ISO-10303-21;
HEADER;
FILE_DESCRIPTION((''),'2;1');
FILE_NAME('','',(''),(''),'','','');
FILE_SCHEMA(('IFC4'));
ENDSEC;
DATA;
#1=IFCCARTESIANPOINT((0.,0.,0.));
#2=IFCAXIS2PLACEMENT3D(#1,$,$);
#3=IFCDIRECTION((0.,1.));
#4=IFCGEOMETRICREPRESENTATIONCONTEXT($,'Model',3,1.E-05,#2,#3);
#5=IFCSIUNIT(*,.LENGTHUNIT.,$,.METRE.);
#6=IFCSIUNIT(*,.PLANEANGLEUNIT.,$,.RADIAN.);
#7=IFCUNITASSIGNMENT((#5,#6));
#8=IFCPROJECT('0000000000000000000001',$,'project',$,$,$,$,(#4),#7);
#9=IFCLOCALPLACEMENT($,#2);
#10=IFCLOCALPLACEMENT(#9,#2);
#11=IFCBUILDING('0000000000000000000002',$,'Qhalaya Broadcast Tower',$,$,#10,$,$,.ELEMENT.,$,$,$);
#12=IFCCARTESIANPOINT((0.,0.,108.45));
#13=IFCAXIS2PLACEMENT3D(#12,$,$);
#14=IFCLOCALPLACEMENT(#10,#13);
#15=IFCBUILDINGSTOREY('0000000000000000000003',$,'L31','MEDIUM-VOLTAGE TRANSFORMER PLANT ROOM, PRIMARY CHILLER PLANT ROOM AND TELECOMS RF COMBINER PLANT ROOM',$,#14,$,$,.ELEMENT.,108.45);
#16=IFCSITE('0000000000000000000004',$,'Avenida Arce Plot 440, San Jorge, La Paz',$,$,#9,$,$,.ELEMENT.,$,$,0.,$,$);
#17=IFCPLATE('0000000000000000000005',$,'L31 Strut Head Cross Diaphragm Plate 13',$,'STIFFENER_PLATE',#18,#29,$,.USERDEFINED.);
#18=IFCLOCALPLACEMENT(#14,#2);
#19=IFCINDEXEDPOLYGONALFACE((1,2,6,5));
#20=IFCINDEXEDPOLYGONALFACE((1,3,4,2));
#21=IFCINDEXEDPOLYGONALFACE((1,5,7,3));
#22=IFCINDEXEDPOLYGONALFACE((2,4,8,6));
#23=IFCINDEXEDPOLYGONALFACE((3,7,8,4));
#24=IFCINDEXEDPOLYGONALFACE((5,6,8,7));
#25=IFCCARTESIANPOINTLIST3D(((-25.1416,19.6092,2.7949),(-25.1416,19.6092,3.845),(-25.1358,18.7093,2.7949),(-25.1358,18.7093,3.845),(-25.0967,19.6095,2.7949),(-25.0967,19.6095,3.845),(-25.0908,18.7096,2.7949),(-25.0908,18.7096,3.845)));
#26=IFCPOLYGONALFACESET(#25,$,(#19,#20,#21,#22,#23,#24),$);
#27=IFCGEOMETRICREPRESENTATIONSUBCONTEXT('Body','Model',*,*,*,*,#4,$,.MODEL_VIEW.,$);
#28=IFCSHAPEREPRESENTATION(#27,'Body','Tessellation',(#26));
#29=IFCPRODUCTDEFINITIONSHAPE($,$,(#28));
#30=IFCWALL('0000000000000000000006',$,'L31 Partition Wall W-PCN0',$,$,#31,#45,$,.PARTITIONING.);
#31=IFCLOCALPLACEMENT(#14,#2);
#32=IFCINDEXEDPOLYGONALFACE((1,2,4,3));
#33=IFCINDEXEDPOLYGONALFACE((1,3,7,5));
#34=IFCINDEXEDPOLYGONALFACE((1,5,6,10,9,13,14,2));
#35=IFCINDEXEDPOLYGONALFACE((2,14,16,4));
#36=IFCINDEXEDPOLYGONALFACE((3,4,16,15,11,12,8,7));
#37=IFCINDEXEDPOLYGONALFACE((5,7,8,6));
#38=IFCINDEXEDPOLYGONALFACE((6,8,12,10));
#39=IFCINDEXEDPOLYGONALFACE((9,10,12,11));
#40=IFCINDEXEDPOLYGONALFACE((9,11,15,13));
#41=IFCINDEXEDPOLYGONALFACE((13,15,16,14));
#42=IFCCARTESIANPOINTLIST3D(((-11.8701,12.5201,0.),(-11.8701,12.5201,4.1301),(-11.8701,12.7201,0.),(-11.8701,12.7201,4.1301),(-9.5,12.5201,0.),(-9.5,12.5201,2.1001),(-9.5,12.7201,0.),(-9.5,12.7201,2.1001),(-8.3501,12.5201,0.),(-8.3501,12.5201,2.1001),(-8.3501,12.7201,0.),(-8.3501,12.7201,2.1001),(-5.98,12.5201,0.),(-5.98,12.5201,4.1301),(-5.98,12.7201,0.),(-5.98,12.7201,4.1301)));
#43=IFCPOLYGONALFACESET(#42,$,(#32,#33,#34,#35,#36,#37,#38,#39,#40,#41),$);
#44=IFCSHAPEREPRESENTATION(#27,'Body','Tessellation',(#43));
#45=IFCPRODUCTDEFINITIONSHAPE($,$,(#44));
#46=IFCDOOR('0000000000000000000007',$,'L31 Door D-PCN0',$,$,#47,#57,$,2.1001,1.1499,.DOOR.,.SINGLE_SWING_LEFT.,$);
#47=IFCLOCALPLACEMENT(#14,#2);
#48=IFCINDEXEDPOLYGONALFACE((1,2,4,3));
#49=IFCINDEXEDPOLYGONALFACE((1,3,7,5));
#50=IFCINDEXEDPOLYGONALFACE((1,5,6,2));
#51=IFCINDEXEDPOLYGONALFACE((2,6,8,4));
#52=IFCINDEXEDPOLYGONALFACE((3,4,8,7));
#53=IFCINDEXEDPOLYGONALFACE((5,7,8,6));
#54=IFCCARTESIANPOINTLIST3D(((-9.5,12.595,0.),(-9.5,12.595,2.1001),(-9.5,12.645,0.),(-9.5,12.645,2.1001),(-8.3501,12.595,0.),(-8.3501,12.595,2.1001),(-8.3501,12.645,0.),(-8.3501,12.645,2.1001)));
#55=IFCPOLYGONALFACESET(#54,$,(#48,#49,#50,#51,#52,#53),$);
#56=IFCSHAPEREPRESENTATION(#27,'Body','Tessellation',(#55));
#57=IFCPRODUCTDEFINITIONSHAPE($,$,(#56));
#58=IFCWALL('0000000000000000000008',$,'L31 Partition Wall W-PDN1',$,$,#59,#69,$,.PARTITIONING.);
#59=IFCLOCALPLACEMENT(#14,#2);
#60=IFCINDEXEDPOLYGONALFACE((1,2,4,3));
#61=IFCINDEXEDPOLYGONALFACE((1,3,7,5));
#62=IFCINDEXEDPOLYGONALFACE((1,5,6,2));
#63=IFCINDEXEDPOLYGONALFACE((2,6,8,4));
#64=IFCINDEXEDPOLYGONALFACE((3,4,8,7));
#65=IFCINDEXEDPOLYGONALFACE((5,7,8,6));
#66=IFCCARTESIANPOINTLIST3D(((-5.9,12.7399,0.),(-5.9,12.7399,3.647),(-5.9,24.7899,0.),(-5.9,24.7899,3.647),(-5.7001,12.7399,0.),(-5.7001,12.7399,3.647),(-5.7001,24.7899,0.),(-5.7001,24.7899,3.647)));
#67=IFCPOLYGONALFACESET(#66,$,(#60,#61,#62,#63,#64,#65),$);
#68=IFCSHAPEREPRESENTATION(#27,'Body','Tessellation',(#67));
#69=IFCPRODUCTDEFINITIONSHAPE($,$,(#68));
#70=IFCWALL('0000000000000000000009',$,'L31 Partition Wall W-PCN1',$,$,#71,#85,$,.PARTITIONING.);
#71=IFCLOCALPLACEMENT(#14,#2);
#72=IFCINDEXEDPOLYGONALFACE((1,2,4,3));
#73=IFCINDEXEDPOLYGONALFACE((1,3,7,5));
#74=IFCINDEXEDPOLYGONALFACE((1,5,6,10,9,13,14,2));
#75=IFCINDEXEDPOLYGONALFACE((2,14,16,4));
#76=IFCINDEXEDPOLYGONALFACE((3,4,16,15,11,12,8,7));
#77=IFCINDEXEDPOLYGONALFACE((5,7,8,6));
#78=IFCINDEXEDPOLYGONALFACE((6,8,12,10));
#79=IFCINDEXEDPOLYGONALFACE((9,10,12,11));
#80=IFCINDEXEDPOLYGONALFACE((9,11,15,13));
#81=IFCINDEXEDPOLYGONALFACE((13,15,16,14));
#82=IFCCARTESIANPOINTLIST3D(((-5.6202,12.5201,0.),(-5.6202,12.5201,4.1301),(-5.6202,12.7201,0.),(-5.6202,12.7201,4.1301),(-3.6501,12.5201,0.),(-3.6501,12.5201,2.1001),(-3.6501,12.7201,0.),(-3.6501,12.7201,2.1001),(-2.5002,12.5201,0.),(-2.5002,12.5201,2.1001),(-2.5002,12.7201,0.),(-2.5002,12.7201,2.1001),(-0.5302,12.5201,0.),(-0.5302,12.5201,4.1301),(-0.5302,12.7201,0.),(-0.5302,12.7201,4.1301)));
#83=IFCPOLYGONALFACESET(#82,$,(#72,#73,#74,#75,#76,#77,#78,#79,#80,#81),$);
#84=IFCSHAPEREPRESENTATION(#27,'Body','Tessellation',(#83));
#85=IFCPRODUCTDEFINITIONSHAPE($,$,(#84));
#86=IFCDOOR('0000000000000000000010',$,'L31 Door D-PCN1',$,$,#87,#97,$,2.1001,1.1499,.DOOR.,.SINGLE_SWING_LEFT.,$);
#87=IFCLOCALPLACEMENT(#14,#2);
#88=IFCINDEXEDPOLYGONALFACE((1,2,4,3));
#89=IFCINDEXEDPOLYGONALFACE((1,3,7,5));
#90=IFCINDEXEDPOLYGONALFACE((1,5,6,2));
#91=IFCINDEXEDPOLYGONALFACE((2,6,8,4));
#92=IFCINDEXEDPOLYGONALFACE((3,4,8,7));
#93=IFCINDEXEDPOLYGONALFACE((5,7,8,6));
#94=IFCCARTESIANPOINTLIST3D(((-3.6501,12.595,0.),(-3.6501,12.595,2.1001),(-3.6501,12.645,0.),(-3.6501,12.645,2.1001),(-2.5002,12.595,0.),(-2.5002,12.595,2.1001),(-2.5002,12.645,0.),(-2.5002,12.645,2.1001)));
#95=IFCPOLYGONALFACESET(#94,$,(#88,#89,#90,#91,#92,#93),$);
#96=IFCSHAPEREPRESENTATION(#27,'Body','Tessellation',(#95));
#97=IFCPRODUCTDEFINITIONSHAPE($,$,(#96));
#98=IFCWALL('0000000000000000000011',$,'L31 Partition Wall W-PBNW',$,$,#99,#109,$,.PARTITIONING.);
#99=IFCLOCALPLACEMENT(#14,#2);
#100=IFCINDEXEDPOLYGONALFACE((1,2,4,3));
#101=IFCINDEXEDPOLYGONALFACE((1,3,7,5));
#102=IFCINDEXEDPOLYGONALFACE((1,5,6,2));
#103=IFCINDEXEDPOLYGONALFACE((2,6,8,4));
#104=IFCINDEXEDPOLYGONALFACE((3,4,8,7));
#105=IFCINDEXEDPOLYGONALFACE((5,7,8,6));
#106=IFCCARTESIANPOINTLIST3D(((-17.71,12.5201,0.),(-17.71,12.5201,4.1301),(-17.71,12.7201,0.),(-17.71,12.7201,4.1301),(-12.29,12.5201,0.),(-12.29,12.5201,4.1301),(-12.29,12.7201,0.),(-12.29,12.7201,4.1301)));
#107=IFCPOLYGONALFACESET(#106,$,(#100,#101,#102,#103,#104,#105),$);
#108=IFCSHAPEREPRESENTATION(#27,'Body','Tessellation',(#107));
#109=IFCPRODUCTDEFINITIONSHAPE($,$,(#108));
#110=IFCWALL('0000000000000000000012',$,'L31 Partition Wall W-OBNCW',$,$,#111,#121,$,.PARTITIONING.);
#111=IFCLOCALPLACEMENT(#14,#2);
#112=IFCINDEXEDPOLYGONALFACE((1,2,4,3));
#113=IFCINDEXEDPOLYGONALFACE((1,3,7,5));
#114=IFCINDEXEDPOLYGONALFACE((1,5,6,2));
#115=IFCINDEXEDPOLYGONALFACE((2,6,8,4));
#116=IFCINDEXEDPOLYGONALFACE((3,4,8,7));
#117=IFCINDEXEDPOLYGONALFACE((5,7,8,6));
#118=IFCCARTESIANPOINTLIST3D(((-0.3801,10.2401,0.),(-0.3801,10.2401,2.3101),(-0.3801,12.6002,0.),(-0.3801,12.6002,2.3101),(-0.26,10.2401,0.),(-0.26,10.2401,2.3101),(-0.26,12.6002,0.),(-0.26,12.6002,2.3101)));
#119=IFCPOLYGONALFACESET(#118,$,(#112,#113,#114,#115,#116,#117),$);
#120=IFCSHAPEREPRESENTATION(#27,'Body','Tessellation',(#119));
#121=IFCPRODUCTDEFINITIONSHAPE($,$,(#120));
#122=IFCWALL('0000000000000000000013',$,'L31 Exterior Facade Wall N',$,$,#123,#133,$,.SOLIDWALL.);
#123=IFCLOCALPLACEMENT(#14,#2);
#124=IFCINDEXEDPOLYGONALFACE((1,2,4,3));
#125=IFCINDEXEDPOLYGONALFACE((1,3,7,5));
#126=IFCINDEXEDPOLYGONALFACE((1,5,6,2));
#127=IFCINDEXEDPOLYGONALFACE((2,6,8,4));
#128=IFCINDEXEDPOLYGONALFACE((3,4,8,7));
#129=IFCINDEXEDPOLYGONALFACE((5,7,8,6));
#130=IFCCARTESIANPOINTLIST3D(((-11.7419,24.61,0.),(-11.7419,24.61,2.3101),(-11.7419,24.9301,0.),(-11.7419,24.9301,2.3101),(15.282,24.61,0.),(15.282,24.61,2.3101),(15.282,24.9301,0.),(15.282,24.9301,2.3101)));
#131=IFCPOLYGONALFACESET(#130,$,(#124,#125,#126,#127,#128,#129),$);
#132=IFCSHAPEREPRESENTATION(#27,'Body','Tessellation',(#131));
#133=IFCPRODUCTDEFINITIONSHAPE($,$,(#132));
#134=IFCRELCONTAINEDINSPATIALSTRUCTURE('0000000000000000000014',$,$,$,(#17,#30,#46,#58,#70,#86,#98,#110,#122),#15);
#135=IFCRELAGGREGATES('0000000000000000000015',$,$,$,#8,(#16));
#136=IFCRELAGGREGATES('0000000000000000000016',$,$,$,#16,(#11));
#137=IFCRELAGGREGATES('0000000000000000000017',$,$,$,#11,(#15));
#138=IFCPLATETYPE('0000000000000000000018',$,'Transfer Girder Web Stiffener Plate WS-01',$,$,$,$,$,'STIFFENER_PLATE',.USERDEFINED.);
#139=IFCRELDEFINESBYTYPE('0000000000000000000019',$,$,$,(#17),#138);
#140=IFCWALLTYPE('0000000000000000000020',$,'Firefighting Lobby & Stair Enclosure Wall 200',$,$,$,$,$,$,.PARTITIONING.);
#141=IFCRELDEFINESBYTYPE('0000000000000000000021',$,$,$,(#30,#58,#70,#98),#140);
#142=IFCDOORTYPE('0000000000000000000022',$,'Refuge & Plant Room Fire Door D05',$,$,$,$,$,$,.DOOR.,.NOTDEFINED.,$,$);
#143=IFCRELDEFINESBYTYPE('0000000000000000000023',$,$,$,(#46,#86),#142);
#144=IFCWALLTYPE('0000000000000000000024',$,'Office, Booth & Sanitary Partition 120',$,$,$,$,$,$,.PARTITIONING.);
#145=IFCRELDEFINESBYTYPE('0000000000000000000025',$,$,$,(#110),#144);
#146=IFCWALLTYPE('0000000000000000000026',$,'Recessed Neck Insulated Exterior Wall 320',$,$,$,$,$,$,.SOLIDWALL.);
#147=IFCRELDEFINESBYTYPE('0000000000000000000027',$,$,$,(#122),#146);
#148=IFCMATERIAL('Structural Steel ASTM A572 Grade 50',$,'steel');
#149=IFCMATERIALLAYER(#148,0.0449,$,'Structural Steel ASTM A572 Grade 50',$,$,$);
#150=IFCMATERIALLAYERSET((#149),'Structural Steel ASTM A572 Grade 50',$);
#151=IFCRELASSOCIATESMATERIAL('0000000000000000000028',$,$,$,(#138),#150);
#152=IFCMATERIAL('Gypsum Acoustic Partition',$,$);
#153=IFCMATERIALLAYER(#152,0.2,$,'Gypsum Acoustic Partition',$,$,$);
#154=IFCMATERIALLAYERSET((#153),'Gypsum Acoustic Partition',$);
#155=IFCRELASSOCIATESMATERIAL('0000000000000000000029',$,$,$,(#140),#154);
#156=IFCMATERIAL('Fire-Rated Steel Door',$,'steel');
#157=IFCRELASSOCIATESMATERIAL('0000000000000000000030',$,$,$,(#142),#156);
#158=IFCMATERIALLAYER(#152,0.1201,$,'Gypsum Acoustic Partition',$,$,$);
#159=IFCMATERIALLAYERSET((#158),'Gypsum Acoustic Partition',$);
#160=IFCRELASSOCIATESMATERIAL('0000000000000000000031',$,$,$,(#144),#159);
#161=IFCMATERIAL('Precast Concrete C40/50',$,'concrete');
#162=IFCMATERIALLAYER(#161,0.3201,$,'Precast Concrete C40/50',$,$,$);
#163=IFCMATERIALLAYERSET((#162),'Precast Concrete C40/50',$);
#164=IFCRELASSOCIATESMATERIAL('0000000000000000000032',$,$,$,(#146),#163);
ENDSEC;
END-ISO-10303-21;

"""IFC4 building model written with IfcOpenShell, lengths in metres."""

from ifc_helpers import new_model, si_unit, direction, frame, frame_2d, origin, origin_2d, place, context, subcontext, project, spatial, rectangle, extrude, material, layer, layer_set, type_object, element, fill, save


model = new_model("IFC4")

# Units and contexts
model_context = context("Model", 3, precision=1e-05, world=origin(), true_north=direction((0.0, 1.0)))
body_context = subcontext(model_context, "Body", "Model", "MODEL_VIEW")
ifc_project = project(units=[si_unit("LENGTHUNIT", "METRE"), si_unit("PLANEANGLEUNIT", "RADIAN")], contexts=[model_context])

# Site, building, storey
site_placement = place(None, origin())
site = spatial("IfcSite", under=ifc_project, at=site_placement, Name="Avenida Arce Plot 440, San Jorge, La Paz", CompositionType="ELEMENT", RefElevation=0.0)
building_placement = place(site_placement, origin())
building = spatial("IfcBuilding", under=site, at=building_placement, Name="Qhalaya Broadcast Tower", CompositionType="ELEMENT")
storey_placement = place(building_placement, frame((0.0, 0.0, 108.45)))
storey = spatial("IfcBuildingStorey", under=building, at=storey_placement, Name="L31", Description="MEDIUM-VOLTAGE TRANSFORMER PLANT ROOM, PRIMARY CHILLER PLANT ROOM AND TELECOMS RF COMBINER PLANT ROOM", CompositionType="ELEMENT", Elevation=108.45)

# Shared definitions
ifc_material_1 = material(Name="Structural Steel ASTM A572 Grade 50", Category="steel")

# Plate
ifc_layer_1 = layer(ifc_material_1, 0.0449, Name="Structural Steel ASTM A572 Grade 50")
ifc_layer_set_1 = layer_set([ifc_layer_1], Name="Structural Steel ASTM A572 Grade 50")
plate_type_1 = type_object("IfcPlateType", Name="Transfer Girder Web Stiffener Plate WS-01", ElementType="STIFFENER_PLATE", PredefinedType="USERDEFINED", material=ifc_layer_set_1)
for number, where, z_axis, x_axis, name in (
    (1, (-25.1162, 19.1594, 2.7949), (0.0, 0.0, 1.0), (0.006493, -0.999979, 0.0), "L31 Strut Head Cross Diaphragm Plate 13"),
):
    element("IfcPlate", number, at=place(storey_placement, frame(where, z_axis=z_axis, x_axis=x_axis)), inside=storey, type_object=plate_type_1, Name=name, ObjectType="STIFFENER_PLATE", PredefinedType="USERDEFINED", context=body_context, shape_type="SweptSolid", body=[
        extrude(rectangle(XDim=0.8999, YDim=0.0449, at=origin_2d()), origin(), (0.0, 0.0, 1.0), 1.05),
    ])

# Wall, opening, door
ifc_material_2 = material(Name="Gypsum Acoustic Partition")
ifc_layer_2 = layer(ifc_material_2, 0.2, Name="Gypsum Acoustic Partition")
ifc_layer_set_2 = layer_set([ifc_layer_2], Name="Gypsum Acoustic Partition")
wall_type_1 = type_object("IfcWallType", Name="Firefighting Lobby & Stair Enclosure Wall 200", PredefinedType="PARTITIONING", material=ifc_layer_set_2)
wall_1_placement = place(storey_placement, frame((-11.8701, 12.6201, 0.0), z_axis=(0.0, 0.0, 1.0), x_axis=(1.0, 0.0, 0.0)))
wall_1 = element("IfcWall", 2, at=wall_1_placement, inside=storey, type_object=wall_type_1, Name="L31 Partition Wall W-PCN0", PredefinedType="PARTITIONING", context=body_context, shape_type="SweptSolid", body=[
    extrude(rectangle(XDim=5.8901, YDim=0.2, at=frame_2d((2.9451, 0.0))), origin(), (0.0, 0.0, 1.0), 4.1301),
])
opening_1_placement = place(wall_1_placement, frame((2.3701, 0.0, 0.0)))
opening_1 = element("IfcOpeningElement", 3, at=opening_1_placement, cuts=wall_1, PredefinedType="OPENING", context=body_context, shape_type="SweptSolid", body=[
    extrude(rectangle(XDim=1.1499, YDim=2.1001, at=frame_2d((0.575, 1.05))), frame((0.0, 0.1121, 0.0), z_axis=(0.0, -1.0, 0.0), x_axis=(1.0, 0.0, 0.0)), (0.0, 0.0, 1.0), 0.2239),
])
ifc_material_3 = material(Name="Fire-Rated Steel Door", Category="steel")
door_type = type_object("IfcDoorType", Name="Refuge & Plant Room Fire Door D05", OperationType="NOTDEFINED", PredefinedType="DOOR", material=ifc_material_3)
door_1_placement = place(opening_1_placement, origin())
door_1 = element("IfcDoor", 4, at=door_1_placement, inside=storey, type_object=door_type, Name="L31 Door D-PCN0", OperationType="SINGLE_SWING_LEFT", OverallHeight=2.1001, OverallWidth=1.1499, PredefinedType="DOOR", context=body_context, shape_type="SweptSolid", body=[
    extrude(rectangle(XDim=1.1499, YDim=2.1001, at=frame_2d((0.575, 1.05))), frame((0.0, 0.0249, 0.0), z_axis=(0.0, -1.0, 0.0), x_axis=(1.0, 0.0, 0.0)), (0.0, 0.0, 1.0), 0.05),
])
fill(opening_1, door_1)

# Wall
wall_2_placement = place(storey_placement, frame((-5.8, 12.74, 0.0), z_axis=(0.0, 0.0, 1.0), x_axis=(0.0, 1.0, 0.0)))
element("IfcWall", 5, at=wall_2_placement, inside=storey, type_object=wall_type_1, Name="L31 Partition Wall W-PDN1", PredefinedType="PARTITIONING", context=body_context, shape_type="SweptSolid", body=[
    extrude(rectangle(XDim=12.05, YDim=0.2, at=frame_2d((6.0249, 0.0))), origin(), (0.0, 0.0, 1.0), 3.647),
])

# Wall, opening, door
wall_3_placement = place(storey_placement, frame((-5.6201, 12.6201, 0.0), z_axis=(0.0, 0.0, 1.0), x_axis=(1.0, 0.0, 0.0)))
wall_3 = element("IfcWall", 6, at=wall_3_placement, inside=storey, type_object=wall_type_1, Name="L31 Partition Wall W-PCN1", PredefinedType="PARTITIONING", context=body_context, shape_type="SweptSolid", body=[
    extrude(rectangle(XDim=5.0901, YDim=0.2, at=frame_2d((2.5449, 0.0))), origin(), (0.0, 0.0, 1.0), 4.1301),
])
opening_2_placement = place(wall_3_placement, frame((1.97, 0.0, 0.0)))
opening_2 = element("IfcOpeningElement", 7, at=opening_2_placement, cuts=wall_3, PredefinedType="OPENING", context=body_context, shape_type="SweptSolid", body=[
    extrude(rectangle(XDim=1.1499, YDim=2.1001, at=frame_2d((0.575, 1.05))), frame((0.0, 0.1121, 0.0), z_axis=(0.0, -1.0, 0.0), x_axis=(1.0, 0.0, 0.0)), (0.0, 0.0, 1.0), 0.2239),
])
door_2_placement = place(opening_2_placement, origin())
door_2 = element("IfcDoor", 8, at=door_2_placement, inside=storey, type_object=door_type, Name="L31 Door D-PCN1", OperationType="SINGLE_SWING_LEFT", OverallHeight=2.1001, OverallWidth=1.1499, PredefinedType="DOOR", context=body_context, shape_type="SweptSolid", body=[
    extrude(rectangle(XDim=1.1499, YDim=2.1001, at=frame_2d((0.575, 1.05))), frame((0.0, 0.0249, 0.0), z_axis=(0.0, -1.0, 0.0), x_axis=(1.0, 0.0, 0.0)), (0.0, 0.0, 1.0), 0.05),
])
fill(opening_2, door_2)

# Walls
wall_4_placement = place(storey_placement, frame((-17.71, 12.6201, 0.0), z_axis=(0.0, 0.0, 1.0), x_axis=(1.0, 0.0, 0.0)))
element("IfcWall", 9, at=wall_4_placement, inside=storey, type_object=wall_type_1, Name="L31 Partition Wall W-PBNW", PredefinedType="PARTITIONING", context=body_context, shape_type="SweptSolid", body=[
    extrude(rectangle(XDim=5.4199, YDim=0.2, at=frame_2d((2.71, 0.0))), origin(), (0.0, 0.0, 1.0), 4.1301),
])
ifc_layer_3 = layer(ifc_material_2, 0.1201, Name="Gypsum Acoustic Partition")
ifc_layer_set_3 = layer_set([ifc_layer_3], Name="Gypsum Acoustic Partition")
wall_type_2 = type_object("IfcWallType", Name="Office, Booth & Sanitary Partition 120", PredefinedType="PARTITIONING", material=ifc_layer_set_3)
wall_5_placement = place(storey_placement, frame((-0.3201, 10.24, 0.0), z_axis=(0.0, 0.0, 1.0), x_axis=(0.0, 1.0, 0.0)))
element("IfcWall", 10, at=wall_5_placement, inside=storey, type_object=wall_type_2, Name="L31 Partition Wall W-OBNCW", PredefinedType="PARTITIONING", context=body_context, shape_type="SweptSolid", body=[
    extrude(rectangle(XDim=2.3601, YDim=0.1201, at=frame_2d((1.1802, 0.0))), origin(), (0.0, 0.0, 1.0), 2.3101),
])
ifc_material_4 = material(Name="Precast Concrete C40/50", Category="concrete")
ifc_layer_4 = layer(ifc_material_4, 0.3201, Name="Precast Concrete C40/50")
ifc_layer_set_4 = layer_set([ifc_layer_4], Name="Precast Concrete C40/50")
wall_type_3 = type_object("IfcWallType", Name="Recessed Neck Insulated Exterior Wall 320", PredefinedType="SOLIDWALL", material=ifc_layer_set_4)
wall_6_placement = place(storey_placement, frame((-11.7419, 24.77, 0.0), z_axis=(0.0, 0.0, 1.0), x_axis=(1.0, 0.0, 0.0)))
element("IfcWall", 11, at=wall_6_placement, inside=storey, type_object=wall_type_3, Name="L31 Exterior Facade Wall N", PredefinedType="SOLIDWALL", context=body_context, shape_type="SweptSolid", body=[
    extrude(rectangle(XDim=27.0239, YDim=0.3201, at=frame_2d((13.512, 0.0))), origin(), (0.0, 0.0, 1.0), 2.3101),
])

save(model, "model.ifc")
